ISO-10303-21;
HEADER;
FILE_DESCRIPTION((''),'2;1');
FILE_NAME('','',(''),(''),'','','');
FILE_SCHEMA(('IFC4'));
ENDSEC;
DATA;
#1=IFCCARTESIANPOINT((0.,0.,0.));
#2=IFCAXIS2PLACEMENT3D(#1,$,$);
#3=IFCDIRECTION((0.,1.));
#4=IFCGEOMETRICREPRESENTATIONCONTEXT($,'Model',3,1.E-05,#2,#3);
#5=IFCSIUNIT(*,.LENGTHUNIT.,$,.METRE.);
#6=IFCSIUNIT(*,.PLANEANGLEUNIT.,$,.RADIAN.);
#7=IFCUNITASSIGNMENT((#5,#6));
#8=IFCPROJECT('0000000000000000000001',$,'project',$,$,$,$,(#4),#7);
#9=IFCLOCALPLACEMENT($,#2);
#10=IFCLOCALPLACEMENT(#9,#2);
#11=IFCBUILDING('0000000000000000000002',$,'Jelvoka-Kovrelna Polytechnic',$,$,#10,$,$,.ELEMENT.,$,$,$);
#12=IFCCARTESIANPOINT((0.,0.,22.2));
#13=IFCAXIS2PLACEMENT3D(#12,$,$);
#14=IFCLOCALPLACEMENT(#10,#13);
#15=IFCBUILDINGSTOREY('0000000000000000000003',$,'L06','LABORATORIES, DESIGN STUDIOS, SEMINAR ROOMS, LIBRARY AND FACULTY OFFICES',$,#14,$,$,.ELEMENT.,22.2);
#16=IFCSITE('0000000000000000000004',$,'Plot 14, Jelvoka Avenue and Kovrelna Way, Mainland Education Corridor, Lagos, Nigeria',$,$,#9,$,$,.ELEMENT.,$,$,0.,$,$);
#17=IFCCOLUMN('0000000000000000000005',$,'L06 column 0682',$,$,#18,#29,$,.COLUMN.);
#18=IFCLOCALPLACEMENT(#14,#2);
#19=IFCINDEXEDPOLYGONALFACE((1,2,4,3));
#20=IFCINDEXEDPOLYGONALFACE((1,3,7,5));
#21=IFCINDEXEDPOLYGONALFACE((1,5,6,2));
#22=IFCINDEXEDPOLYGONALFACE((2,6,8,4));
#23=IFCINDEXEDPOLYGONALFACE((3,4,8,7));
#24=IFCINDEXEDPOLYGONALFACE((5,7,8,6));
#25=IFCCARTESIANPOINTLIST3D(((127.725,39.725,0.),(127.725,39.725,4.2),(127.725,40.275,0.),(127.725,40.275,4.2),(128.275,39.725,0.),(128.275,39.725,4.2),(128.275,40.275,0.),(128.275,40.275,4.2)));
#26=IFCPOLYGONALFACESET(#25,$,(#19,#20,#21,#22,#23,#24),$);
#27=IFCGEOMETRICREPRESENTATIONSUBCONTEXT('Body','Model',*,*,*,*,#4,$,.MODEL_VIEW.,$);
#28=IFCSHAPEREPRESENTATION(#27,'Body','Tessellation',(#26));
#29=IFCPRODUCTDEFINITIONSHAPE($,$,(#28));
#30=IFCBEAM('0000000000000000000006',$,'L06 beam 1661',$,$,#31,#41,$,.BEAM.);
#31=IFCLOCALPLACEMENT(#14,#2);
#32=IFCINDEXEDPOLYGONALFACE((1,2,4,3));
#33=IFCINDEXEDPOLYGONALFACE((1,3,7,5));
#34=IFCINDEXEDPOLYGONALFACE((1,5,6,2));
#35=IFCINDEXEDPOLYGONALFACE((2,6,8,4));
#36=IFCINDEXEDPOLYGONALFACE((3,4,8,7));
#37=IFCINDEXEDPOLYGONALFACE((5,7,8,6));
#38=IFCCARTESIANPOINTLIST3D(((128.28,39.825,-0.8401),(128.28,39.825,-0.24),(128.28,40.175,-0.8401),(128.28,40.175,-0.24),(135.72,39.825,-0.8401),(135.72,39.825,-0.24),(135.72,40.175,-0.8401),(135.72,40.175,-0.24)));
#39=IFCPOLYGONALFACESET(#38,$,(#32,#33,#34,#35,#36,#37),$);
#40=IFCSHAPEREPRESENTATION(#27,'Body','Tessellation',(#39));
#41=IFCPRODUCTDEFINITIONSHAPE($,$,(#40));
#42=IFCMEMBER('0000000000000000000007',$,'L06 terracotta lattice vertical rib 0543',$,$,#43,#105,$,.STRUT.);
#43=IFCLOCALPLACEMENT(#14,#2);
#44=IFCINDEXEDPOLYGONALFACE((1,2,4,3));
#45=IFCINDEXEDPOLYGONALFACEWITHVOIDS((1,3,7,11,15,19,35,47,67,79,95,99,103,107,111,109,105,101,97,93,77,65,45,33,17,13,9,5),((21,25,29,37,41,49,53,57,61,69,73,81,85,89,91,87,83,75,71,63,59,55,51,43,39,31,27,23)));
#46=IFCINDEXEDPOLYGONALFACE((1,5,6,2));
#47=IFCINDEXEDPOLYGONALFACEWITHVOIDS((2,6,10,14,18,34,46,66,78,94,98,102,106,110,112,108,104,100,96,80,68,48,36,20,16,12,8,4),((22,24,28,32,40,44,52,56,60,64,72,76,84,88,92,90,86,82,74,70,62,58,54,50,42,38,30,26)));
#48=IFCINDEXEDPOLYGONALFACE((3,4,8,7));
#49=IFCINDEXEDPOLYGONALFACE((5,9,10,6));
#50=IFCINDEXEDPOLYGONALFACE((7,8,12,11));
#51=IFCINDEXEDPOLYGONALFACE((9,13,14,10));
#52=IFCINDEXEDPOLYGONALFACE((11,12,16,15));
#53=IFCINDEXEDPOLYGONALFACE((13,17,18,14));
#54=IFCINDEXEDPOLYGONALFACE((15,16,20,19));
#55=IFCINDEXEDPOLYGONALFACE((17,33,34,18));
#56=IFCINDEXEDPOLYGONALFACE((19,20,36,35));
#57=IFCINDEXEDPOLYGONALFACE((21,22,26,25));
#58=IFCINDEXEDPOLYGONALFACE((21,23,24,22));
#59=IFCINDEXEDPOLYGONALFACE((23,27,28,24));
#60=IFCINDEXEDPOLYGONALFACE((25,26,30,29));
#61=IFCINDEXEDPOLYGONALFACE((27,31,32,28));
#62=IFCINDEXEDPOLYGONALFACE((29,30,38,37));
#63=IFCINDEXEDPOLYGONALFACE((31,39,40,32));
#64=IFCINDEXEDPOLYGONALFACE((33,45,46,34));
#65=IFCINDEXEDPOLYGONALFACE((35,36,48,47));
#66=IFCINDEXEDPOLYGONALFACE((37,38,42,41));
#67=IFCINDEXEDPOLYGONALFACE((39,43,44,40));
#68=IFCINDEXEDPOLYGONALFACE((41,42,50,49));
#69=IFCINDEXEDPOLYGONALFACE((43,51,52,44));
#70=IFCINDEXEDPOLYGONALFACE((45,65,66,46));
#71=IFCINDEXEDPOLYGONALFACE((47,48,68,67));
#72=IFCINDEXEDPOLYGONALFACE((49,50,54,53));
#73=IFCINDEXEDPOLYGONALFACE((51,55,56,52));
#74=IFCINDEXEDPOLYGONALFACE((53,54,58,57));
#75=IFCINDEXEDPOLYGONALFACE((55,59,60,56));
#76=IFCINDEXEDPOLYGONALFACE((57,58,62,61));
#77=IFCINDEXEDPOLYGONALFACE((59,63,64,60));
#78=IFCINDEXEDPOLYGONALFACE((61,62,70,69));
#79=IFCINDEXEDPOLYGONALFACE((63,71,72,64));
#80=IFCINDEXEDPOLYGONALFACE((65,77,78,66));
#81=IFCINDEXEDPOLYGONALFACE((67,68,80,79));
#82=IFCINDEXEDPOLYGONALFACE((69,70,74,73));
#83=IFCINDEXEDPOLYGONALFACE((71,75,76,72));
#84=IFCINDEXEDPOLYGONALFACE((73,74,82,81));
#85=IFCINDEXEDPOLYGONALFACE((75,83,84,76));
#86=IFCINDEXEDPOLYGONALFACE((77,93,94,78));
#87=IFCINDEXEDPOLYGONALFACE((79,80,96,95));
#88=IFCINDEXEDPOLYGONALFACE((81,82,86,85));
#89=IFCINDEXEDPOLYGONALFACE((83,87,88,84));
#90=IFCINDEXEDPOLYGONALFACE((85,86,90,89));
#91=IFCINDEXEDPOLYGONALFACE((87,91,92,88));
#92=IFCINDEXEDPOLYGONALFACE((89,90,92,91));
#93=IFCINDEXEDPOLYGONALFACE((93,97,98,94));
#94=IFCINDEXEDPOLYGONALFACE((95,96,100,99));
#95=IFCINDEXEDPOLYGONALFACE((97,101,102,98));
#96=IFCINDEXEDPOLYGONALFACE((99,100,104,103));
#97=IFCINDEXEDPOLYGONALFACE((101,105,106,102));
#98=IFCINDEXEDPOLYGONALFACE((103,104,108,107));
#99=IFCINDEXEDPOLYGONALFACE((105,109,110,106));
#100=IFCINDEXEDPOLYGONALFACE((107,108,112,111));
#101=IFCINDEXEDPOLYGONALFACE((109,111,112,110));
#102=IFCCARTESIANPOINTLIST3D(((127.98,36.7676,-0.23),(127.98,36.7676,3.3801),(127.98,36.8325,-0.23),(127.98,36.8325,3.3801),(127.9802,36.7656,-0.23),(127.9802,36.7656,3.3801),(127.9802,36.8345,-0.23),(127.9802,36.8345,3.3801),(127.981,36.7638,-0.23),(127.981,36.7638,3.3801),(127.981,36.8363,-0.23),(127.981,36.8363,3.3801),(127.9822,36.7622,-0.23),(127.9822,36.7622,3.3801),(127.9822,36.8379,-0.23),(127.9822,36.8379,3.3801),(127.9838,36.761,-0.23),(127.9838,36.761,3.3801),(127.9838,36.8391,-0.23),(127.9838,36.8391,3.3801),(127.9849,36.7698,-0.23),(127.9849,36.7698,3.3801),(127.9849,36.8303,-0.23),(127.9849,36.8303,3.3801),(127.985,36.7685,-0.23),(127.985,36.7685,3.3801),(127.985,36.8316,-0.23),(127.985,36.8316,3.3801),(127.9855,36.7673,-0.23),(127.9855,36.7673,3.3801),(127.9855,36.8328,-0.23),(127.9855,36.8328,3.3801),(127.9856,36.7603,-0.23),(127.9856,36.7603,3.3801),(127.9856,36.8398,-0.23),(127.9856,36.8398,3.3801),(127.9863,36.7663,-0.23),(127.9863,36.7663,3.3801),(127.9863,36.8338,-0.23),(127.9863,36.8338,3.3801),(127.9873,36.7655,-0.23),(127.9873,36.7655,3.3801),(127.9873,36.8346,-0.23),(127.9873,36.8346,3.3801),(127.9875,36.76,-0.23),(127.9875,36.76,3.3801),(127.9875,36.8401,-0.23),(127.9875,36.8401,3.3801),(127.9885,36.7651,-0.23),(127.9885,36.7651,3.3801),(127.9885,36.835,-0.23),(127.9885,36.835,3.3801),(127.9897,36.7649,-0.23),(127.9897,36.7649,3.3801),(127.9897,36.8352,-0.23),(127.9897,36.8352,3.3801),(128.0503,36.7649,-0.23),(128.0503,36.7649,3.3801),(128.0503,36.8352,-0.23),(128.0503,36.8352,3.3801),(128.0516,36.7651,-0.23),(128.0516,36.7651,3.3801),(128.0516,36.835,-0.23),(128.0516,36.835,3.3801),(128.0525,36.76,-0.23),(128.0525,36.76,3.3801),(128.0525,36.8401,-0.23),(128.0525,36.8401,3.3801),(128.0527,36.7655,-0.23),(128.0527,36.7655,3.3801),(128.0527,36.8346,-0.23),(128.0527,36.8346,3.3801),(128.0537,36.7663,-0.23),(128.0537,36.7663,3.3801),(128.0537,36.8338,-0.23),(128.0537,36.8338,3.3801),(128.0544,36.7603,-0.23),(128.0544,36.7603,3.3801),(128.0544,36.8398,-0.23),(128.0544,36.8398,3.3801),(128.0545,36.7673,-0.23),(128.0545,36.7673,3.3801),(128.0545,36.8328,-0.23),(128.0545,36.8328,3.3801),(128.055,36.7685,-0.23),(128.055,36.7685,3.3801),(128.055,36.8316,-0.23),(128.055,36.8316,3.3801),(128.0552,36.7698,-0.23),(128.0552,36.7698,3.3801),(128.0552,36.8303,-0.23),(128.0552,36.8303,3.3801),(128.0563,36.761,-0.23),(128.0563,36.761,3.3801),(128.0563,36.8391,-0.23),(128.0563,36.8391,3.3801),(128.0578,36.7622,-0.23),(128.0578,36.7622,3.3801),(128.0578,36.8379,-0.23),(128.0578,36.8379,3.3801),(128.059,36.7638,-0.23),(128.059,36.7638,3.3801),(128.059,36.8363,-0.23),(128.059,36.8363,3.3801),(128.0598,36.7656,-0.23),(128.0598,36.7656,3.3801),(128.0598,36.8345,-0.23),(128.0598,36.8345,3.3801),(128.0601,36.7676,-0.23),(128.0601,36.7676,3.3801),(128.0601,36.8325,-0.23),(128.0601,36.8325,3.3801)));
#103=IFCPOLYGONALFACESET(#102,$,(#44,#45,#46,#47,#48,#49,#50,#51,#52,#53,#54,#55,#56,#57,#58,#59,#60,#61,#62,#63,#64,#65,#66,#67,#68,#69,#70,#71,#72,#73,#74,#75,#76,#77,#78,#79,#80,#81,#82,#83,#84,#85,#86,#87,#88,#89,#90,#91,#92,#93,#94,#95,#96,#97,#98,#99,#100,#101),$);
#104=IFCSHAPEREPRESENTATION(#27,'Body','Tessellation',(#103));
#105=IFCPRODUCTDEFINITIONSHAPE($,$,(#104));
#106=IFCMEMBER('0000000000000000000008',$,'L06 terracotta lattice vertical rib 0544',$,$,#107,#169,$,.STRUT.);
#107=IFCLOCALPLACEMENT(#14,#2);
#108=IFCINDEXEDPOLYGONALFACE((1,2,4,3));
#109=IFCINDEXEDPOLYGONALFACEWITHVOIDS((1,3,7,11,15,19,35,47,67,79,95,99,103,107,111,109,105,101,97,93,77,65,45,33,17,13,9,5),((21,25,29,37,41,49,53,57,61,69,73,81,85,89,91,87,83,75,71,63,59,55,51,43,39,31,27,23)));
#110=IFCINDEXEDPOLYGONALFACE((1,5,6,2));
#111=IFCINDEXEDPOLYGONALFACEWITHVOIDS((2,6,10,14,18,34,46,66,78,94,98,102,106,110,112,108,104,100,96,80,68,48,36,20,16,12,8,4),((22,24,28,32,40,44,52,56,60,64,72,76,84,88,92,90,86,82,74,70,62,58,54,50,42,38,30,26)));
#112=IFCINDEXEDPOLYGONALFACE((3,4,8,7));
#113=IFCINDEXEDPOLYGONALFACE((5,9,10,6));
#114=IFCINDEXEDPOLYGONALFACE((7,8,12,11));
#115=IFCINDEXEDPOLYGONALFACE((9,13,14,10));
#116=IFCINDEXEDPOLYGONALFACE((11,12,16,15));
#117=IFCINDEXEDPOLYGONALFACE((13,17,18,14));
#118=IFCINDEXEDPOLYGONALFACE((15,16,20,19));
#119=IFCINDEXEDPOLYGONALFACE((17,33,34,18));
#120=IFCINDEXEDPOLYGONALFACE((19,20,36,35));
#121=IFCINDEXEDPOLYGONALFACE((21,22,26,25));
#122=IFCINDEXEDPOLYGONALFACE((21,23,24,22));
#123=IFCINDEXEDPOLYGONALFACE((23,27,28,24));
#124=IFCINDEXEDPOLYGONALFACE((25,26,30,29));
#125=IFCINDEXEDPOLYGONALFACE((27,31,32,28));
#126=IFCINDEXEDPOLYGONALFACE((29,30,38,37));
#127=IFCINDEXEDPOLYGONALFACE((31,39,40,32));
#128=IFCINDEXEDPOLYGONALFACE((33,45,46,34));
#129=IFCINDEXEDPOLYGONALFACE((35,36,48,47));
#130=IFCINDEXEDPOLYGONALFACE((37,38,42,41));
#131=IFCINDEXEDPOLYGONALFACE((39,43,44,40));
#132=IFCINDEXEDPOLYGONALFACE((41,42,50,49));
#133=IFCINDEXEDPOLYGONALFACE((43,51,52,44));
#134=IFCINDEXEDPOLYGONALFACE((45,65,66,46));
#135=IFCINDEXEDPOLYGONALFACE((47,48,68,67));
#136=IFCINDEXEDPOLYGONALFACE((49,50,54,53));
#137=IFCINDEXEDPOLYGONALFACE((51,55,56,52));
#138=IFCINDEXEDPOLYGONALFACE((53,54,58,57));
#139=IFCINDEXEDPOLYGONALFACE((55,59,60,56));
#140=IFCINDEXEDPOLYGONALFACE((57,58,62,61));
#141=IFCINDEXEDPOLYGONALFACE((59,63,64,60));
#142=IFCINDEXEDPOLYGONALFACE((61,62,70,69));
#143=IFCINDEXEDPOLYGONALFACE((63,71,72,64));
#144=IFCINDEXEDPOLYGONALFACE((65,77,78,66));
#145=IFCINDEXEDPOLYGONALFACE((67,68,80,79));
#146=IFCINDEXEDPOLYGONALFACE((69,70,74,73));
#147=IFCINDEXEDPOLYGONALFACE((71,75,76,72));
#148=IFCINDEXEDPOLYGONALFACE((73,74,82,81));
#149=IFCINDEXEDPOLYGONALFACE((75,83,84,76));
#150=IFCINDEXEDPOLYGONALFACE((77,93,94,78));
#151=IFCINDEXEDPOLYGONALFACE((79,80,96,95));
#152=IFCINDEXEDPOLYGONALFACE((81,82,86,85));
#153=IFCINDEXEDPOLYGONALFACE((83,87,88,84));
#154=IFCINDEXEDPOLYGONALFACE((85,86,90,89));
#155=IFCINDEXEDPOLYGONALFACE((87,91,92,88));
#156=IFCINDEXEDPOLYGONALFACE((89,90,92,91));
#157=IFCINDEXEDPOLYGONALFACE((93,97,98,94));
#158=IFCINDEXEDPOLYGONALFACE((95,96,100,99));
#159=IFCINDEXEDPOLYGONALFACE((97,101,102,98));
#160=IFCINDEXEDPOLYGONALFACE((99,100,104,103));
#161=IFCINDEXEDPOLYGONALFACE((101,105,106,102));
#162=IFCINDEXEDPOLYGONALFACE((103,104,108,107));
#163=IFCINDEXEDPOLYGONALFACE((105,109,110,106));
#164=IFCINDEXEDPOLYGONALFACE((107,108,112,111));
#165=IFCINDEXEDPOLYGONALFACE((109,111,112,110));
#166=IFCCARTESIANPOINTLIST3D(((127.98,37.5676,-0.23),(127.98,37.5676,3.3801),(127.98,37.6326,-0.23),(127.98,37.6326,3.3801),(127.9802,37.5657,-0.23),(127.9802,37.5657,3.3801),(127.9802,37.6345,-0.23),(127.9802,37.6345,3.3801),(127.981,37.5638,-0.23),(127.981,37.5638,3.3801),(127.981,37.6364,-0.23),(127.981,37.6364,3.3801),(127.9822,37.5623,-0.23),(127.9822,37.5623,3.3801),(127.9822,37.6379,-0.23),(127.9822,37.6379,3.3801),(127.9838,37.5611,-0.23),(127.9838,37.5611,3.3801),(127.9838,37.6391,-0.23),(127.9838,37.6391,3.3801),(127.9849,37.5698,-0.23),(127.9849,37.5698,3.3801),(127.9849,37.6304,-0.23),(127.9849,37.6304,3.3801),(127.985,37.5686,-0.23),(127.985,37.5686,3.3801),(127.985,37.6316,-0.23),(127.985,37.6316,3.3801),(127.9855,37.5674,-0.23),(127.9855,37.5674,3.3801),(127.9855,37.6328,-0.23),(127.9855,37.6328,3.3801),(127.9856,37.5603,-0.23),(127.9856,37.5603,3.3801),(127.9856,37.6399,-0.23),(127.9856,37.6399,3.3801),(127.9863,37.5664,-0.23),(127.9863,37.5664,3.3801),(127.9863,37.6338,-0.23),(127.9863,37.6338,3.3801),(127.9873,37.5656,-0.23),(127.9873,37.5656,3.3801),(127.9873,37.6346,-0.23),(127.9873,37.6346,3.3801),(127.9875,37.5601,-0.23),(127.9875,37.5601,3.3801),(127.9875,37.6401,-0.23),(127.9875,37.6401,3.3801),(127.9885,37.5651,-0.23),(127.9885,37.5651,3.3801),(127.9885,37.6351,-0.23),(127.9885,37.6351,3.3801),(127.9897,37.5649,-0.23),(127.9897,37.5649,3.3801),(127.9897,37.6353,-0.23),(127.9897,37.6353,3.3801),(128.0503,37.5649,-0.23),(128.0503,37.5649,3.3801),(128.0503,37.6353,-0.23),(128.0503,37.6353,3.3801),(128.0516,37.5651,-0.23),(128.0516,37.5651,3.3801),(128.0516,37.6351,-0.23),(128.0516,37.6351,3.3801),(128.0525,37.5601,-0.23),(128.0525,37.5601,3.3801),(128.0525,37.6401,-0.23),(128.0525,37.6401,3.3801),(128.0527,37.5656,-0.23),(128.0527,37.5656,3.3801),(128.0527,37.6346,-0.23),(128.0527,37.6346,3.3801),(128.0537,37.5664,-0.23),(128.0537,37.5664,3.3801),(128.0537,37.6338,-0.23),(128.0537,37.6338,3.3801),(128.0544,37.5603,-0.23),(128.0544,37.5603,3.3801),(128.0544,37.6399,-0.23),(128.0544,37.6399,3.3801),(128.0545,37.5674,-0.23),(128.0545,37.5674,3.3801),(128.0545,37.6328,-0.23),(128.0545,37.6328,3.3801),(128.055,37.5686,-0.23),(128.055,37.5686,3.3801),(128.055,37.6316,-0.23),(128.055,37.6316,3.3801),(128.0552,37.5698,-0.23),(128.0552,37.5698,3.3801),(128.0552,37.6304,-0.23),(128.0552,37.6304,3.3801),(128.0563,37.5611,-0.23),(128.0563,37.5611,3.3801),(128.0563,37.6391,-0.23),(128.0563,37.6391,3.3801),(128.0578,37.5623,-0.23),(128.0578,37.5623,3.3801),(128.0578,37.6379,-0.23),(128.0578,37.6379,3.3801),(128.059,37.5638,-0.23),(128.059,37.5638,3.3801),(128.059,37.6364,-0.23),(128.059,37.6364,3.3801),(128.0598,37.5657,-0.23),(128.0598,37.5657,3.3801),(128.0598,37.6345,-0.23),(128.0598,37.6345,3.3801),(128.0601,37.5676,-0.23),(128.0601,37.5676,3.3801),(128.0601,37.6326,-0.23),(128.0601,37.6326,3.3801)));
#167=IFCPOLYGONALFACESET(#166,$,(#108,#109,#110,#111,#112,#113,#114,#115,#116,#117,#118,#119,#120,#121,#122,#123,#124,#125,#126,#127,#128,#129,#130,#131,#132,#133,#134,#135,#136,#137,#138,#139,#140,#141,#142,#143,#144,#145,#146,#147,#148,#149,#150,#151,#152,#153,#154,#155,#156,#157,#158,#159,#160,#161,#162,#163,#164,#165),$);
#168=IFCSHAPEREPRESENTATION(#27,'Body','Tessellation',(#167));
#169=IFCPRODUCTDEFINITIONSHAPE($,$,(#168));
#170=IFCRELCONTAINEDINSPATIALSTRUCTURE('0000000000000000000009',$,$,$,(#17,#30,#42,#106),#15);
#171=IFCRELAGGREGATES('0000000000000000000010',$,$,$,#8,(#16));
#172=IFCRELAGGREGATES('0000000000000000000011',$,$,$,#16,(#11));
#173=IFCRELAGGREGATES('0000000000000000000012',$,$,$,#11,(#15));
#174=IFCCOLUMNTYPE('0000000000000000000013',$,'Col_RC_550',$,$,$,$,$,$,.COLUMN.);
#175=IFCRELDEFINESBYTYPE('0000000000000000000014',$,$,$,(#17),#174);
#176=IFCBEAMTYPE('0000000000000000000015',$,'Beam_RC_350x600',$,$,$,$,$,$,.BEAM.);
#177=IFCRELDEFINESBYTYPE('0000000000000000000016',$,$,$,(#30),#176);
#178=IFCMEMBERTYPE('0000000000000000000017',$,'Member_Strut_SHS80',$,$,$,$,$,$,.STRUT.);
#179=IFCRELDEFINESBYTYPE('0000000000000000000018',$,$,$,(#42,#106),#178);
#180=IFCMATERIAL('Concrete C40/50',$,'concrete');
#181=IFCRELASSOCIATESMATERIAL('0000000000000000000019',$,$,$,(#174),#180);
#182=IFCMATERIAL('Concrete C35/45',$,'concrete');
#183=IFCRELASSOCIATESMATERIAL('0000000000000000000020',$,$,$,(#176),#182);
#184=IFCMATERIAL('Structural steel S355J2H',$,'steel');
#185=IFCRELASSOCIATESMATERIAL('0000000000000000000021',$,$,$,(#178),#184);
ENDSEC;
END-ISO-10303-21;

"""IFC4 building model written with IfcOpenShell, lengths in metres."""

from ifc_helpers import new_model, si_unit, direction, frame, origin, origin_2d, place, context, subcontext, project, spatial, rectangle, hollow_rectangle, extrude, material, material_profile, profile_set, type_object, element, save


model = new_model("IFC4")

# Units and contexts
model_context = context("Model", 3, precision=1e-05, world=origin(), true_north=direction((0.0, 1.0)))
body_context = subcontext(model_context, "Body", "Model", "MODEL_VIEW")
ifc_project = project(units=[si_unit("LENGTHUNIT", "METRE"), si_unit("PLANEANGLEUNIT", "RADIAN")], contexts=[model_context])

# Site, building, storey
site_placement = place(None, origin())
site = spatial("IfcSite", under=ifc_project, at=site_placement, Name="Plot 14, Jelvoka Avenue and Kovrelna Way, Mainland Education Corridor, Lagos, Nigeria", CompositionType="ELEMENT", RefElevation=0.0)
building_placement = place(site_placement, origin())
building = spatial("IfcBuilding", under=site, at=building_placement, Name="Jelvoka-Kovrelna Polytechnic", CompositionType="ELEMENT")
storey_placement = place(building_placement, frame((0.0, 0.0, 22.2)))
storey = spatial("IfcBuildingStorey", under=building, at=storey_placement, Name="L06", Description="LABORATORIES, DESIGN STUDIOS, SEMINAR ROOMS, LIBRARY AND FACULTY OFFICES", CompositionType="ELEMENT", Elevation=22.2)

# Column
ifc_material_1 = material(Name="Concrete C40/50", Category="concrete")
ifc_material_profile_1 = material_profile(ifc_material_1, rectangle(XDim=0.55, YDim=0.55, at=origin_2d()), Name="RC 550x550")
ifc_profile_set_1 = profile_set([ifc_material_profile_1], Name="Concrete C40/50")
column_type = type_object("IfcColumnType", Name="Col_RC_550", PredefinedType="COLUMN", material=ifc_profile_set_1)
column_placement = place(storey_placement, frame((128.0, 40.0, 0.0), z_axis=(0.0, 0.0, 1.0), x_axis=(1.0, 0.0, 0.0)))
element("IfcColumn", 1, at=column_placement, inside=storey, type_object=column_type, Name="L06 column 0682", PredefinedType="COLUMN", context=body_context, shape_type="SweptSolid", body=[
    extrude(rectangle(XDim=0.55, YDim=0.55, at=origin_2d()), origin(), (0.0, 0.0, 1.0), 4.2),
])

# Beam
ifc_material_2 = material(Name="Concrete C35/45", Category="concrete")
ifc_material_profile_2 = material_profile(ifc_material_2, rectangle(XDim=0.3501, YDim=0.6001, at=origin_2d()), Name="RC 350x600")
ifc_profile_set_2 = profile_set([ifc_material_profile_2], Name="Concrete C35/45")
beam_type = type_object("IfcBeamType", Name="Beam_RC_350x600", PredefinedType="BEAM", material=ifc_profile_set_2)
beam_placement = place(storey_placement, frame((128.28, 40.0, -0.54), z_axis=(1.0, 0.0, 0.0), x_axis=(0.0, 1.0, 0.0)))
element("IfcBeam", 2, at=beam_placement, inside=storey, type_object=beam_type, Name="L06 beam 1661", PredefinedType="BEAM", context=body_context, shape_type="SweptSolid", body=[
    extrude(rectangle(XDim=0.3501, YDim=0.6001, at=origin_2d()), origin(), (0.0, 0.0, 1.0), 7.4399),
])

# Members
ifc_material_3 = material(Name="Structural steel S355J2H", Category="steel")
ifc_material_profile_3 = material_profile(ifc_material_3, hollow_rectangle(XDim=0.0801, YDim=0.0801, WallThickness=0.0049, InnerFilletRadius=0.0049, OuterFilletRadius=0.0076, at=origin_2d()), Name="80x80x5.0 SHS")
ifc_profile_set_3 = profile_set([ifc_material_profile_3], Name="Structural steel S355J2H")
member_type = type_object("IfcMemberType", Name="Member_Strut_SHS80", PredefinedType="STRUT", material=ifc_profile_set_3)
for number, where, z_axis, x_axis, name in (
    (3, (128.02, 36.8, -0.23), (0.0, 0.0, 1.0), (1.0, 0.0, 0.0), "L06 terracotta lattice vertical rib 0543"),
    (4, (128.02, 37.6001, -0.23), (0.0, 0.0, 1.0), (1.0, 0.0, 0.0), "L06 terracotta lattice vertical rib 0544"),
):
    element("IfcMember", number, at=place(storey_placement, frame(where, z_axis=z_axis, x_axis=x_axis)), inside=storey, type_object=member_type, Name=name, PredefinedType="STRUT", context=body_context, shape_type="SweptSolid", body=[
        extrude(hollow_rectangle(XDim=0.0801, YDim=0.0801, WallThickness=0.0049, InnerFilletRadius=0.0049, OuterFilletRadius=0.0076, at=origin_2d()), origin(), (0.0, 0.0, 1.0), 3.6101),
    ])

save(model, "model.ifc")
